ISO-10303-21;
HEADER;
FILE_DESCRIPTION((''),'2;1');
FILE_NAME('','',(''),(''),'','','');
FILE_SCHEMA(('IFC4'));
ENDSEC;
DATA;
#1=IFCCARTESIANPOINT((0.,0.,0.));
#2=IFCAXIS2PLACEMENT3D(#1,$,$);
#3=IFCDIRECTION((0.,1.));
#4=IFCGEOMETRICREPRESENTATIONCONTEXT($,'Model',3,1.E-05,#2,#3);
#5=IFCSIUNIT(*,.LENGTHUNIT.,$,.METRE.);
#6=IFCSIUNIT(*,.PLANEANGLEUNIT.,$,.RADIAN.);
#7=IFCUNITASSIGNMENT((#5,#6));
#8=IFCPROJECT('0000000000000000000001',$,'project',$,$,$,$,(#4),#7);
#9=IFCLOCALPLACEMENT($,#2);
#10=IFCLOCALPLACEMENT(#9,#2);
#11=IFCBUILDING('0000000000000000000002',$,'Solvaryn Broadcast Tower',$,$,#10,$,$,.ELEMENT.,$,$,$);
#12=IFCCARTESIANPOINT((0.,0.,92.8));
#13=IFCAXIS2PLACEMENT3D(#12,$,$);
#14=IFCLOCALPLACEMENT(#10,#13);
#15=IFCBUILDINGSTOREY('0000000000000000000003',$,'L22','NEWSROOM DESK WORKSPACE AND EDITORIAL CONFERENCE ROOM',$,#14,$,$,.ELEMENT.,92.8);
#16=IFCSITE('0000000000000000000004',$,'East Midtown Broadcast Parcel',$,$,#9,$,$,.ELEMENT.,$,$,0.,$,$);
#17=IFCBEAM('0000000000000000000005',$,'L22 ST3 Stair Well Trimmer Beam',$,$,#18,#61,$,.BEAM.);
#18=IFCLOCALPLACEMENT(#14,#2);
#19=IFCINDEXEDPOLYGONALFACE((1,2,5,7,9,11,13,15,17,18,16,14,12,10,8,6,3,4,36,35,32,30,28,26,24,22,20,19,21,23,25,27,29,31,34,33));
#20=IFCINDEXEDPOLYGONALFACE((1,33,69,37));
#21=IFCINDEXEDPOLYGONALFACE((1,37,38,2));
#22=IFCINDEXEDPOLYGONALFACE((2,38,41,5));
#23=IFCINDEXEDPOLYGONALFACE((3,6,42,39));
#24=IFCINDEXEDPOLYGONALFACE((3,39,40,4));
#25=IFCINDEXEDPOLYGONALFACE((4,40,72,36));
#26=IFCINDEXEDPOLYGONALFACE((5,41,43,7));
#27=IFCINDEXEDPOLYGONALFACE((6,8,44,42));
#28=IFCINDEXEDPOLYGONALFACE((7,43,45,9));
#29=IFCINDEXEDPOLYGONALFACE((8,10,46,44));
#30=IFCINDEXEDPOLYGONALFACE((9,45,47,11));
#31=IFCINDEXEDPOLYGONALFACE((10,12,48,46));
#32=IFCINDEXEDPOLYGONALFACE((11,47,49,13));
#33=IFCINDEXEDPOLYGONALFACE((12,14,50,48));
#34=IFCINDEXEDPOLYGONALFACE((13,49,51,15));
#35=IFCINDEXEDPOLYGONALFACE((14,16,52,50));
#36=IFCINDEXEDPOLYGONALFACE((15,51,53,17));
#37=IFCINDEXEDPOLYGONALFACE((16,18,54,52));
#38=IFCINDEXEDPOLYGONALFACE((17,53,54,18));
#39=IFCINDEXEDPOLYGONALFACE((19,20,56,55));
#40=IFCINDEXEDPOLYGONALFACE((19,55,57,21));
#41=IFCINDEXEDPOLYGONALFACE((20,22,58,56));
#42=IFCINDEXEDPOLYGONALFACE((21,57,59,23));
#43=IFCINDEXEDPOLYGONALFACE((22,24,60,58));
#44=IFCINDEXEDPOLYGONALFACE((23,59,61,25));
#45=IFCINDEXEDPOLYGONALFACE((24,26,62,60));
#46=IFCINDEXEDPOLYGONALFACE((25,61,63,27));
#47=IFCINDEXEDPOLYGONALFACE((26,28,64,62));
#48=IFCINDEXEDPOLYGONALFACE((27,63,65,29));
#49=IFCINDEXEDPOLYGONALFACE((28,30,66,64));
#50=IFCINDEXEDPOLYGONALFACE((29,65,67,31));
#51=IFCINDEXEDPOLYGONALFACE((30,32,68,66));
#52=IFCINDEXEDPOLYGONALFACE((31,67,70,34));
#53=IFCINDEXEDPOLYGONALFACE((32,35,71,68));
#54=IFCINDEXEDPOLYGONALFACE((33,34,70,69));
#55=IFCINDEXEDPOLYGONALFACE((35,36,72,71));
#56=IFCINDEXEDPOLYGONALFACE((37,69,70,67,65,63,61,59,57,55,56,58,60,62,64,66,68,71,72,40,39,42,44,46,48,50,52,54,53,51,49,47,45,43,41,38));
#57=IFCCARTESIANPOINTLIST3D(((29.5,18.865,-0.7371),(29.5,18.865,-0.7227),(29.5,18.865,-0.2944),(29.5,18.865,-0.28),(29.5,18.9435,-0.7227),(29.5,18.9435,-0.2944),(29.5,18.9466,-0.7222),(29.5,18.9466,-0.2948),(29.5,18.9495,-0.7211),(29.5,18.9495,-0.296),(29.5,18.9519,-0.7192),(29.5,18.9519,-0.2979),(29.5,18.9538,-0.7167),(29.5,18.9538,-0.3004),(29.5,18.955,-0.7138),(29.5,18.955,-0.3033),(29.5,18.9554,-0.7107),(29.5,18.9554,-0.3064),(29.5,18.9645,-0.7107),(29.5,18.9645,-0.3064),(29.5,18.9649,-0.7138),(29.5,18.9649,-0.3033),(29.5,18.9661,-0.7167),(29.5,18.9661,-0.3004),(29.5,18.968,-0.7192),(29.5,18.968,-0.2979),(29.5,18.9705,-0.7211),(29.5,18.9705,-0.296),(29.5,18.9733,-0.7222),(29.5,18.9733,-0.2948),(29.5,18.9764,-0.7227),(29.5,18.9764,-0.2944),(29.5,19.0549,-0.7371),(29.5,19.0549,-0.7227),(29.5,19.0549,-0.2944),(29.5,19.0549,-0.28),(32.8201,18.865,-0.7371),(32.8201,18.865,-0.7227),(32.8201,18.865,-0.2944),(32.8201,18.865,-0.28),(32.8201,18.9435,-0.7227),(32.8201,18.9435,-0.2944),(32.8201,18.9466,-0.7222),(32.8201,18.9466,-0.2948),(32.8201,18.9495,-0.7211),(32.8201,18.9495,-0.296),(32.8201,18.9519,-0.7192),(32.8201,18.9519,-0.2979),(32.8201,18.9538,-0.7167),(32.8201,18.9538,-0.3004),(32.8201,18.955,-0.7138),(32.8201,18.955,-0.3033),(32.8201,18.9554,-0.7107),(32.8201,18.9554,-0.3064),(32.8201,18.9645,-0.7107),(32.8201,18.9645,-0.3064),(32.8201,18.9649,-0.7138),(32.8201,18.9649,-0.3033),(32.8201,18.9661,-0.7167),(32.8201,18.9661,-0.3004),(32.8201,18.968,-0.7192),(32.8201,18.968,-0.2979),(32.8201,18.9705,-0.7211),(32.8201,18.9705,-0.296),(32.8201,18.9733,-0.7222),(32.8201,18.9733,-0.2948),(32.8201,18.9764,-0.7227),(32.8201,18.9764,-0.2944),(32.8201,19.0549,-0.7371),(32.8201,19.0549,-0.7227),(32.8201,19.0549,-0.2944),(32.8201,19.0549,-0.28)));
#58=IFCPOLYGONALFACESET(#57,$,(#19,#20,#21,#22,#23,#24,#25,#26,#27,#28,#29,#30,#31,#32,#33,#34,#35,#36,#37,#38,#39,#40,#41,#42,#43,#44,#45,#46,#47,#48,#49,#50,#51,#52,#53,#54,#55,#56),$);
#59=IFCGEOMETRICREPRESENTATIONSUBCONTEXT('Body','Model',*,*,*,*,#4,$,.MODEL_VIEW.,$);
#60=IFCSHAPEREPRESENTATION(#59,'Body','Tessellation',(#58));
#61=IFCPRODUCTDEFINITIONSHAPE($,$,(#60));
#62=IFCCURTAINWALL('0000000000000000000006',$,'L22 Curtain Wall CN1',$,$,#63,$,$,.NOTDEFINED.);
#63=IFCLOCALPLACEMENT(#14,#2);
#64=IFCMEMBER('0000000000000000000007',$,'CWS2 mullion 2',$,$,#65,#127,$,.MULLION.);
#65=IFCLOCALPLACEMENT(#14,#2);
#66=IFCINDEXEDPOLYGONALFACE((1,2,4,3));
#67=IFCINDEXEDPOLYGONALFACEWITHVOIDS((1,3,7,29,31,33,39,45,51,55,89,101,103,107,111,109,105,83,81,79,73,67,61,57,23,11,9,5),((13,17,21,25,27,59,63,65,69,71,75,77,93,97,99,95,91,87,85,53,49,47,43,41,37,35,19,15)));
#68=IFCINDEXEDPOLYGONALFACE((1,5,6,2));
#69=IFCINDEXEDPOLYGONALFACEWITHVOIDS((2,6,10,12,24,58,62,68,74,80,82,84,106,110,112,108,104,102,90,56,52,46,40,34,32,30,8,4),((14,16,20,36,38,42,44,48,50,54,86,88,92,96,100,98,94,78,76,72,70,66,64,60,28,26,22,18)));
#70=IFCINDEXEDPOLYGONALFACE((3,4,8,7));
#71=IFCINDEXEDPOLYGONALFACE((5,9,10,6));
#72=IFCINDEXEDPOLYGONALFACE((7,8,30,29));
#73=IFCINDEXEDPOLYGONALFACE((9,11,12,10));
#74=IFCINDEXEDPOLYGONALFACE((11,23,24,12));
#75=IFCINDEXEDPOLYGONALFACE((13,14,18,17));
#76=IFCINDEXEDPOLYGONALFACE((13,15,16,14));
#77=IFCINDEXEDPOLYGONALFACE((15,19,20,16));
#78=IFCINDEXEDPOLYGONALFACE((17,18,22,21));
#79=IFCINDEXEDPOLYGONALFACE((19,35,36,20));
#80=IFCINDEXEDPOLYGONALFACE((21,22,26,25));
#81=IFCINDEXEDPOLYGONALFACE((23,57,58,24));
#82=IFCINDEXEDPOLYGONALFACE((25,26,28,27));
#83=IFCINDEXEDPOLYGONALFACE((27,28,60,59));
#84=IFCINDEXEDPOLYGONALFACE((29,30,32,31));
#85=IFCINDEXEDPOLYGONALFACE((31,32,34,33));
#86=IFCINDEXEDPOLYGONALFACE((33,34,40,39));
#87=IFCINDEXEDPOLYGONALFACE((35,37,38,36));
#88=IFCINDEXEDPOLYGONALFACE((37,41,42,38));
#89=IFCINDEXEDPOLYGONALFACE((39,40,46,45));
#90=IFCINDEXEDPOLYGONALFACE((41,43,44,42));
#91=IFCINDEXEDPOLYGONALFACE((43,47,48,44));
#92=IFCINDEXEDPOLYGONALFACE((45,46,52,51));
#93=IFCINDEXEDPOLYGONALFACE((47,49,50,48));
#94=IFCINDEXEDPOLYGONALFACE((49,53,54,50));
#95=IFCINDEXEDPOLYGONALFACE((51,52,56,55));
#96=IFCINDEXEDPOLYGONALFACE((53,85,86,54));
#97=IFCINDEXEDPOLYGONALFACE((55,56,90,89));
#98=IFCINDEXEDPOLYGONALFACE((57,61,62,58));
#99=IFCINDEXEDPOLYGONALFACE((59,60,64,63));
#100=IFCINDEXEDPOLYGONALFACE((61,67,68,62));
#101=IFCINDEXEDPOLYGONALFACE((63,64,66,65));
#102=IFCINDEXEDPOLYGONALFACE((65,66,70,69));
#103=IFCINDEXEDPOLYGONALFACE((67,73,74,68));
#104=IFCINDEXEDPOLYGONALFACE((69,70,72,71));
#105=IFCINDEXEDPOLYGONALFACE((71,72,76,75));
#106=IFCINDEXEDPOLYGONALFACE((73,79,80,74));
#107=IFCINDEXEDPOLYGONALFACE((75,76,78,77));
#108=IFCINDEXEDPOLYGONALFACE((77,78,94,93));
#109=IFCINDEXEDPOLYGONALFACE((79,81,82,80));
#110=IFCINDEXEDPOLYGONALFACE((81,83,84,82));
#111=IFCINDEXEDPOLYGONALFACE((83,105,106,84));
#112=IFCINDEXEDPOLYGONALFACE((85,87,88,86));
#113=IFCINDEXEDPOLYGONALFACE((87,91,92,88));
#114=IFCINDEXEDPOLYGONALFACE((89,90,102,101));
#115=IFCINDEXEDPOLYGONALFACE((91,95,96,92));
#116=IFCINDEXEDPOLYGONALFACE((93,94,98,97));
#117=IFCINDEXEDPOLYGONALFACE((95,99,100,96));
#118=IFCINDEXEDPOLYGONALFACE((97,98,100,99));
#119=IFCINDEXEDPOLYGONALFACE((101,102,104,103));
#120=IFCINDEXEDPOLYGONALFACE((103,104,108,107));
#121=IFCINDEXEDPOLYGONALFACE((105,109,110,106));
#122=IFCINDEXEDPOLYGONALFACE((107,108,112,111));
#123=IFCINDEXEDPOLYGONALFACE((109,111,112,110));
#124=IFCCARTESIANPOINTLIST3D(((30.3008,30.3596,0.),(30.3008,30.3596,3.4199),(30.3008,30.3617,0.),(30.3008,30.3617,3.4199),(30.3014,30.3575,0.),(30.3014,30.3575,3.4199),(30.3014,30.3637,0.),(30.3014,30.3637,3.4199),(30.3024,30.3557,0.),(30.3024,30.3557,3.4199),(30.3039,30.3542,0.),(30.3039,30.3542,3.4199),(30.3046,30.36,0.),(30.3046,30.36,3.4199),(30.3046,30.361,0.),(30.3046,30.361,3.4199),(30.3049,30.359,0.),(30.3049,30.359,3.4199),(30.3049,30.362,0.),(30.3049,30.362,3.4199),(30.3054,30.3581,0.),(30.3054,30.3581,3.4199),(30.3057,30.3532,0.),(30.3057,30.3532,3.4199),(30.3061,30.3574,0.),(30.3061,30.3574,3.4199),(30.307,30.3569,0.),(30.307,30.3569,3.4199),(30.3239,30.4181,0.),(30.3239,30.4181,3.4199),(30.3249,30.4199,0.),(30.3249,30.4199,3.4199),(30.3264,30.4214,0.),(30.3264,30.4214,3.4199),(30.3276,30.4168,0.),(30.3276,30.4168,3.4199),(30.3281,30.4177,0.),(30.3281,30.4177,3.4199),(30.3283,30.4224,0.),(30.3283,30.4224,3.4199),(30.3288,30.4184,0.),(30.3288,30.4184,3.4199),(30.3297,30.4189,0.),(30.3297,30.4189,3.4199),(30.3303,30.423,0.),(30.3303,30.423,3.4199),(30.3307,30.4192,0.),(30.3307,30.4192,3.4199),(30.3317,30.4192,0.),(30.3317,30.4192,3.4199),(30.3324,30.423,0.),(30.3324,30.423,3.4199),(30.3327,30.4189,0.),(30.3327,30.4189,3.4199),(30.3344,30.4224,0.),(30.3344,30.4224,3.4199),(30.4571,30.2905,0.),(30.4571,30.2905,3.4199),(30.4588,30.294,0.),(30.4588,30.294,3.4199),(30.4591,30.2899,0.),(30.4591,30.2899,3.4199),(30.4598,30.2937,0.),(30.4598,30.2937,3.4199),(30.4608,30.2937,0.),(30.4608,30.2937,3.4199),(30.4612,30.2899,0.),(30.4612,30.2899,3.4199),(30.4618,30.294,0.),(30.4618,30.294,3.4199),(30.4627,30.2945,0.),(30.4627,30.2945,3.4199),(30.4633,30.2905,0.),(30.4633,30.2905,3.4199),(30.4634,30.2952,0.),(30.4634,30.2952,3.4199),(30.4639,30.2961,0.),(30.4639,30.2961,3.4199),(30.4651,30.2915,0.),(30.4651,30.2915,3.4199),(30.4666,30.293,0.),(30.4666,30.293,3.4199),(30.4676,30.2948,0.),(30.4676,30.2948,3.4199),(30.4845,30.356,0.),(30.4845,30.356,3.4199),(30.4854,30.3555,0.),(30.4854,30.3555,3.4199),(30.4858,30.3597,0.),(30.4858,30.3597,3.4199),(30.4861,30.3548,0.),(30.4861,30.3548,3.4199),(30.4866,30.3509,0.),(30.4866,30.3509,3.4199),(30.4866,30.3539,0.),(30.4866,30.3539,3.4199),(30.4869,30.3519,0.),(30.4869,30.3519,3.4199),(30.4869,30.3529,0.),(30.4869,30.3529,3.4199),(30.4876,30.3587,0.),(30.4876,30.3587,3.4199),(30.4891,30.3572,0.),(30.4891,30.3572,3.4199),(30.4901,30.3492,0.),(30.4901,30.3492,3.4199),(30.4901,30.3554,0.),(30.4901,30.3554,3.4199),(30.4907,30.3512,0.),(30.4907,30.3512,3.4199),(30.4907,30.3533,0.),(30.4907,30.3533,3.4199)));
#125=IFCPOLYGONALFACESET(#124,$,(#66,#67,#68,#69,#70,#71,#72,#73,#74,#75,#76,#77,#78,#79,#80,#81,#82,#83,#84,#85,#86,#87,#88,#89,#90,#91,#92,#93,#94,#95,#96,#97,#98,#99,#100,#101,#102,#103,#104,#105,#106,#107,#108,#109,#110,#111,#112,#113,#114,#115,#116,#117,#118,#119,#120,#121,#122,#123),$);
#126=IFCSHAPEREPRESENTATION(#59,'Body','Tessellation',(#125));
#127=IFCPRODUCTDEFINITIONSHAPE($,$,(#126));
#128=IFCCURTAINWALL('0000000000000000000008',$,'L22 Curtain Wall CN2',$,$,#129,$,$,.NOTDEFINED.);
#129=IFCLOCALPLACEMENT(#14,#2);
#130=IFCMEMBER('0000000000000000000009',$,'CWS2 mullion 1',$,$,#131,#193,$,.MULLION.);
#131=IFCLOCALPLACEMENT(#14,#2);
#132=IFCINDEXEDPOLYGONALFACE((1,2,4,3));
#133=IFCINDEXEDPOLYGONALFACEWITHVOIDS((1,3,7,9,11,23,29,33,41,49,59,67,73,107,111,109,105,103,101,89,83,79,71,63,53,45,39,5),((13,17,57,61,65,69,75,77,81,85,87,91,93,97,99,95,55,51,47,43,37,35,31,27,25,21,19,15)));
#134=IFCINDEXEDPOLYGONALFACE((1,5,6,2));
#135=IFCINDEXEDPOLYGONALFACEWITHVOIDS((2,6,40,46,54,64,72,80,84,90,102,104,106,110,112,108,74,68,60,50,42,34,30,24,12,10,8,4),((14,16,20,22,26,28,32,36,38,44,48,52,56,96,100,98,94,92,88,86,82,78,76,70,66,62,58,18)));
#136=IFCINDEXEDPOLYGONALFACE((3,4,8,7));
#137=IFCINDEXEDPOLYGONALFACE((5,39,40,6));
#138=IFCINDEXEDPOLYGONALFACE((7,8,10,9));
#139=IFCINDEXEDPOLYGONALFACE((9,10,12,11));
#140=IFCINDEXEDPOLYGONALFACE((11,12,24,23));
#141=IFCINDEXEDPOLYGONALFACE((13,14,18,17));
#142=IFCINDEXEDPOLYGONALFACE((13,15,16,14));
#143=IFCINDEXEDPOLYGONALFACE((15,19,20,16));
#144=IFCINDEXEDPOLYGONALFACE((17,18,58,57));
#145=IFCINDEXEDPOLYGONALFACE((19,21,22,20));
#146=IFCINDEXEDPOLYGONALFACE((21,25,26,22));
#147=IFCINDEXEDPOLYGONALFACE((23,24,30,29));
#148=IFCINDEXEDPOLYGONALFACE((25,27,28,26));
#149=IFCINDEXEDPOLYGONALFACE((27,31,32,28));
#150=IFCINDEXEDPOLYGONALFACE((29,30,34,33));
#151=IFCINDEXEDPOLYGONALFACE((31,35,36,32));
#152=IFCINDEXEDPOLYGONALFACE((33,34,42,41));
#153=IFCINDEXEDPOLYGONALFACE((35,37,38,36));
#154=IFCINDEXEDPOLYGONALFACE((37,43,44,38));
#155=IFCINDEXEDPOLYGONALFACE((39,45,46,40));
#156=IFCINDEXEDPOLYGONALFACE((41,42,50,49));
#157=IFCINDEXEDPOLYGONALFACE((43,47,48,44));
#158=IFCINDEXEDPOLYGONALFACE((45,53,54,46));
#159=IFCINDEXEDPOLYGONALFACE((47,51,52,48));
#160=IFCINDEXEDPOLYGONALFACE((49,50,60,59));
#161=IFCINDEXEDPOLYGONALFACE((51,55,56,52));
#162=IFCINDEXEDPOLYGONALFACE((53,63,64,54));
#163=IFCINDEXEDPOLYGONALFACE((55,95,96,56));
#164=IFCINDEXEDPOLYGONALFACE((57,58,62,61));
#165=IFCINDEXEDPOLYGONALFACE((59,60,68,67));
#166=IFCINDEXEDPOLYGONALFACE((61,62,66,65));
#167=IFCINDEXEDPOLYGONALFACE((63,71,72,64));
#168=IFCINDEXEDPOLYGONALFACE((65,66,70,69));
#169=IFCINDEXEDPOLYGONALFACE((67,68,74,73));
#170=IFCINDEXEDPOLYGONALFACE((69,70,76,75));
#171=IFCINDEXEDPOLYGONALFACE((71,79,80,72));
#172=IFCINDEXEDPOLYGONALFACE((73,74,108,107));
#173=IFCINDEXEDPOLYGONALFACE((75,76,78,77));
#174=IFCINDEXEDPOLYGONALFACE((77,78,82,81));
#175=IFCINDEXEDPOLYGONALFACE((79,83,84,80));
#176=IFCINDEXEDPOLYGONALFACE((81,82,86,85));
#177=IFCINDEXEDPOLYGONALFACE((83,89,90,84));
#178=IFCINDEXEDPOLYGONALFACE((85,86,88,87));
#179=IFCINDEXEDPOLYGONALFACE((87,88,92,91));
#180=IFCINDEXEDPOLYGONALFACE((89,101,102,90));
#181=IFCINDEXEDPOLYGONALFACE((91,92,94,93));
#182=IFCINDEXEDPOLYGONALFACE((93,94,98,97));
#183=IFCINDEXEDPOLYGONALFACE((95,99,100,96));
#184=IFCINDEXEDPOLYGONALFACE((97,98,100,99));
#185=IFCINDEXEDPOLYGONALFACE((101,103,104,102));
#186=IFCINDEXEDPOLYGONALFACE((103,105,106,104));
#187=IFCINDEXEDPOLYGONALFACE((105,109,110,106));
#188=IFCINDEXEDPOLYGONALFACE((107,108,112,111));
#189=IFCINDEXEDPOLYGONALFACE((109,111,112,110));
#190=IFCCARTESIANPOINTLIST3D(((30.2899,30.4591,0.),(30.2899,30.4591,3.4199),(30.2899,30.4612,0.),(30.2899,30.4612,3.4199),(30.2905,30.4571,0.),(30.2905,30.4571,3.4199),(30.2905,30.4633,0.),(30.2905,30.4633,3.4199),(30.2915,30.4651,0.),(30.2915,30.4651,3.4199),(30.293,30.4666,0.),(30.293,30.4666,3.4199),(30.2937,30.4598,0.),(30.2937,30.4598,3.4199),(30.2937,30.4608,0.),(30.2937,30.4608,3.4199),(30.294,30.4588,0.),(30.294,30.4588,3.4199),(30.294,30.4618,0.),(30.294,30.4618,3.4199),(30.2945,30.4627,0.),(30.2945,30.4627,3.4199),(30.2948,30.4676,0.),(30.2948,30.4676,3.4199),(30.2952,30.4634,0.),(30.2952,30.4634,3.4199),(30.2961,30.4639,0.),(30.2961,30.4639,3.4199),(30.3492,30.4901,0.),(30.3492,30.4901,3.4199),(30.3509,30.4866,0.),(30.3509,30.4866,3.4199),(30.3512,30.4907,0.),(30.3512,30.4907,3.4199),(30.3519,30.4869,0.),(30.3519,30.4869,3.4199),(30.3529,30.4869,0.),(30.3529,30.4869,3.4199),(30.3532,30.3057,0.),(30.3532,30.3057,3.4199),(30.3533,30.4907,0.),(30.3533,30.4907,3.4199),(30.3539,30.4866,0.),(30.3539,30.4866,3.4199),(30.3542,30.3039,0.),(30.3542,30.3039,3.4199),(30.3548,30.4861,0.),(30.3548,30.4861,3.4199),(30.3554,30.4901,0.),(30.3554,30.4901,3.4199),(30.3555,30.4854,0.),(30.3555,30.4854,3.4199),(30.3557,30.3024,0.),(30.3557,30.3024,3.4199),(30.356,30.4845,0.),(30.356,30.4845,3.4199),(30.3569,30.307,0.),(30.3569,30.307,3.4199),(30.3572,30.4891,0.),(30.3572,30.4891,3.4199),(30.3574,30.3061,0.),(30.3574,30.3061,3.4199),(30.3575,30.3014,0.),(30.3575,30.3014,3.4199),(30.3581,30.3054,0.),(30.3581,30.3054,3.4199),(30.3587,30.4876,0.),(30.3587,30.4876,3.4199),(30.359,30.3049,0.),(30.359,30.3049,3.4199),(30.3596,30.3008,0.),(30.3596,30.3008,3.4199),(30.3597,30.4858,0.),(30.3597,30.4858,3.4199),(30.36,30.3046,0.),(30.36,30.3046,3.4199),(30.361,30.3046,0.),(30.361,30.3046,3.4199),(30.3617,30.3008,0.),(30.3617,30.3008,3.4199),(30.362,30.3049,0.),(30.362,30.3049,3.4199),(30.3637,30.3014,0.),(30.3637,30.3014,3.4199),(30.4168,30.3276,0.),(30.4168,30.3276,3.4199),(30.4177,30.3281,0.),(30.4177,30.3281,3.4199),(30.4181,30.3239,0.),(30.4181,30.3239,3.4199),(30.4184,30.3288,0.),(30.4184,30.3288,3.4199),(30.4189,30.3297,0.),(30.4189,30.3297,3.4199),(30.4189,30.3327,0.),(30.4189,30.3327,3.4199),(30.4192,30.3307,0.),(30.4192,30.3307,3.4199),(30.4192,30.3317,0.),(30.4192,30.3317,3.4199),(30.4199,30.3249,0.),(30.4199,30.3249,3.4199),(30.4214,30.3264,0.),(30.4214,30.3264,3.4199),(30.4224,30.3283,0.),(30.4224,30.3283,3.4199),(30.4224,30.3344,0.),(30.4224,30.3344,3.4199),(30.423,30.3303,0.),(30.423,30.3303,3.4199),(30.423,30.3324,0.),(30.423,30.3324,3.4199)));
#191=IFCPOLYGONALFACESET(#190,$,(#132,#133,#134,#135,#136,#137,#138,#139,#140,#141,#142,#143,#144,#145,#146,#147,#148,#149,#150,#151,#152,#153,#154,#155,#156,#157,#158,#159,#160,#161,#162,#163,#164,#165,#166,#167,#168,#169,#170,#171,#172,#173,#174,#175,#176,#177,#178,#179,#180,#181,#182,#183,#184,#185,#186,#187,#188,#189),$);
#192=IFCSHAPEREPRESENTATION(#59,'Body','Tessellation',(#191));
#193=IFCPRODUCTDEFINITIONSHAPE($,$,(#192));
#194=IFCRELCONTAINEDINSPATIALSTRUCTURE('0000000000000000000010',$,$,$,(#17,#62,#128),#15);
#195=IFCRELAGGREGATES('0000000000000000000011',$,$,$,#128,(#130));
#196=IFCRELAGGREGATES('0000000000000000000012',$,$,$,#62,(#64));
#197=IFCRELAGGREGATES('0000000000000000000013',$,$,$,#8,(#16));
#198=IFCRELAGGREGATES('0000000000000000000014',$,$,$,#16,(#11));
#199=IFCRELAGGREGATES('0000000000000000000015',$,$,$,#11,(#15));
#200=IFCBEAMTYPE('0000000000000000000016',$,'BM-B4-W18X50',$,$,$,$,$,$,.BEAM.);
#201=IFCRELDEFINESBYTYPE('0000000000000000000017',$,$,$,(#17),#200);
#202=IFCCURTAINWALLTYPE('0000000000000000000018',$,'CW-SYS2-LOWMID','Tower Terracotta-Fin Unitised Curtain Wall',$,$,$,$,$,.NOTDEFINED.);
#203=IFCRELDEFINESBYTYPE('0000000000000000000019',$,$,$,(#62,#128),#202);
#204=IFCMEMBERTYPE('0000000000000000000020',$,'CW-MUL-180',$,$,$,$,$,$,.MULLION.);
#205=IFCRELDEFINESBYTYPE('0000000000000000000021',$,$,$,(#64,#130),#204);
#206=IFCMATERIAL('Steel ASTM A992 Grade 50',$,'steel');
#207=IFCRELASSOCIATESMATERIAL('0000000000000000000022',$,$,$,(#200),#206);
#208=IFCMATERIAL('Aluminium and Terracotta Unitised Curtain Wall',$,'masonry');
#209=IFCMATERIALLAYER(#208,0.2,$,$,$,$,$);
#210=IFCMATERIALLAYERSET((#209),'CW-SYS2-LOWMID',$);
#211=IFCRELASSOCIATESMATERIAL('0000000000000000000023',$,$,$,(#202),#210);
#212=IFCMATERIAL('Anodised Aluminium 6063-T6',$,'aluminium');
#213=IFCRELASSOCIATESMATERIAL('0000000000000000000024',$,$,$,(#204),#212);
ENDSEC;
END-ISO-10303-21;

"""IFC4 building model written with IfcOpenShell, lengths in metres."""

from ifc_helpers import new_model, si_unit, direction, frame, origin, origin_2d, place, context, subcontext, project, spatial, hollow_rectangle, i_section, extrude, material, layer, layer_set, material_profile, profile_set, type_object, element, aggregate, save


model = new_model("IFC4")

# Units and contexts
model_context = context("Model", 3, precision=1e-05, world=origin(), true_north=direction((0.0, 1.0)))
body_context = subcontext(model_context, "Body", "Model", "MODEL_VIEW")
ifc_project = project(units=[si_unit("LENGTHUNIT", "METRE"), si_unit("PLANEANGLEUNIT", "RADIAN")], contexts=[model_context])

# Site, building, storey
site_placement = place(None, origin())
site = spatial("IfcSite", under=ifc_project, at=site_placement, Name="East Midtown Broadcast Parcel", CompositionType="ELEMENT", RefElevation=0.0)
building_placement = place(site_placement, origin())
building = spatial("IfcBuilding", under=site, at=building_placement, Name="Solvaryn Broadcast Tower", CompositionType="ELEMENT")
storey_placement = place(building_placement, frame((0.0, 0.0, 92.8)))
storey = spatial("IfcBuildingStorey", under=building, at=storey_placement, Name="L22", Description="NEWSROOM DESK WORKSPACE AND EDITORIAL CONFERENCE ROOM", CompositionType="ELEMENT", Elevation=92.8)

# Beam
ifc_material_1 = material(Name="Steel ASTM A992 Grade 50", Category="steel")
ifc_material_profile_1 = material_profile(ifc_material_1, i_section(OverallWidth=0.1899, OverallDepth=0.457, WebThickness=0.009, FlangeThickness=0.0144, FilletRadius=0.012, at=origin_2d()))
ifc_profile_set_1 = profile_set([ifc_material_profile_1], Name="Steel ASTM A992 Grade 50")
beam_type_1 = type_object("IfcBeamType", Name="BM-B4-W18X50", PredefinedType="BEAM", material=ifc_profile_set_1)
beam_1_placement = place(storey_placement, frame((29.5, 18.96, -0.5085), z_axis=(1.0, 0.0, 0.0), x_axis=(0.0, 1.0, 0.0)))
element("IfcBeam", 1, at=beam_1_placement, inside=storey, type_object=beam_type_1, Name="L22 ST3 Stair Well Trimmer Beam", PredefinedType="BEAM", context=body_context, shape_type="SweptSolid", body=[
    extrude(i_section(OverallWidth=0.1899, OverallDepth=0.457, WebThickness=0.009, FlangeThickness=0.0144, FilletRadius=0.012, at=origin_2d()), origin(), (0.0, 0.0, 1.0), 3.3201),
])

# Curtain wall, member
ifc_material_2 = material(Name="Aluminium and Terracotta Unitised Curtain Wall", Category="masonry")
ifc_layer_1 = layer(ifc_material_2, 0.2)
ifc_layer_set_1 = layer_set([ifc_layer_1], Name="CW-SYS2-LOWMID")
curtain_wall_type = type_object("IfcCurtainWallType", Name="CW-SYS2-LOWMID", Description="Tower Terracotta-Fin Unitised Curtain Wall", PredefinedType="NOTDEFINED", material=ifc_layer_set_1)
curtain_wall_1_placement = place(storey_placement, origin())
curtain_wall_1 = element("IfcCurtainWall", 2, at=curtain_wall_1_placement, inside=storey, type_object=curtain_wall_type, Name="L22 Curtain Wall CN1", PredefinedType="NOTDEFINED")
ifc_material_3 = material(Name="Anodised Aluminium 6063-T6", Category="aluminium")
ifc_material_profile_2 = material_profile(ifc_material_3, hollow_rectangle(XDim=0.075, YDim=0.1799, WallThickness=0.0039, InnerFilletRadius=0.0039, OuterFilletRadius=0.0081, at=origin_2d()))
ifc_profile_set_2 = profile_set([ifc_material_profile_2], Name="Anodised Aluminium 6063-T6")
member_type_1 = type_object("IfcMemberType", Name="CW-MUL-180", PredefinedType="MULLION", material=ifc_profile_set_2)
member_1_placement = place(storey_placement, frame((30.3958, 30.3564, 0.0), z_axis=(0.0, 0.0, 1.0), x_axis=(-0.382646, -0.923895, 0.0)))
member_1 = element("IfcMember", 3, at=member_1_placement, type_object=member_type_1, Name="CWS2 mullion 2", PredefinedType="MULLION", context=body_context, shape_type="SweptSolid", body=[
    extrude(hollow_rectangle(XDim=0.075, YDim=0.1799, WallThickness=0.0039, InnerFilletRadius=0.0039, OuterFilletRadius=0.0081, at=origin_2d()), origin(), (0.0, 0.0, 1.0), 3.4199),
])

# Curtain wall, member
curtain_wall_2_placement = place(storey_placement, origin())
curtain_wall_2 = element("IfcCurtainWall", 4, at=curtain_wall_2_placement, inside=storey, type_object=curtain_wall_type, Name="L22 Curtain Wall CN2", PredefinedType="NOTDEFINED")
member_2_placement = place(storey_placement, frame((30.3564, 30.3958, 0.0), z_axis=(0.0, 0.0, 1.0), x_axis=(-0.923895, -0.382646, 0.0)))
member_2 = element("IfcMember", 5, at=member_2_placement, type_object=member_type_1, Name="CWS2 mullion 1", PredefinedType="MULLION", context=body_context, shape_type="SweptSolid", body=[
    extrude(hollow_rectangle(XDim=0.075, YDim=0.1799, WallThickness=0.0039, InnerFilletRadius=0.0039, OuterFilletRadius=0.0081, at=origin_2d()), origin(), (0.0, 0.0, 1.0), 3.4199),
])
aggregate(curtain_wall_2, [member_2])

aggregate(curtain_wall_1, [member_1])

save(model, "model.ifc")
